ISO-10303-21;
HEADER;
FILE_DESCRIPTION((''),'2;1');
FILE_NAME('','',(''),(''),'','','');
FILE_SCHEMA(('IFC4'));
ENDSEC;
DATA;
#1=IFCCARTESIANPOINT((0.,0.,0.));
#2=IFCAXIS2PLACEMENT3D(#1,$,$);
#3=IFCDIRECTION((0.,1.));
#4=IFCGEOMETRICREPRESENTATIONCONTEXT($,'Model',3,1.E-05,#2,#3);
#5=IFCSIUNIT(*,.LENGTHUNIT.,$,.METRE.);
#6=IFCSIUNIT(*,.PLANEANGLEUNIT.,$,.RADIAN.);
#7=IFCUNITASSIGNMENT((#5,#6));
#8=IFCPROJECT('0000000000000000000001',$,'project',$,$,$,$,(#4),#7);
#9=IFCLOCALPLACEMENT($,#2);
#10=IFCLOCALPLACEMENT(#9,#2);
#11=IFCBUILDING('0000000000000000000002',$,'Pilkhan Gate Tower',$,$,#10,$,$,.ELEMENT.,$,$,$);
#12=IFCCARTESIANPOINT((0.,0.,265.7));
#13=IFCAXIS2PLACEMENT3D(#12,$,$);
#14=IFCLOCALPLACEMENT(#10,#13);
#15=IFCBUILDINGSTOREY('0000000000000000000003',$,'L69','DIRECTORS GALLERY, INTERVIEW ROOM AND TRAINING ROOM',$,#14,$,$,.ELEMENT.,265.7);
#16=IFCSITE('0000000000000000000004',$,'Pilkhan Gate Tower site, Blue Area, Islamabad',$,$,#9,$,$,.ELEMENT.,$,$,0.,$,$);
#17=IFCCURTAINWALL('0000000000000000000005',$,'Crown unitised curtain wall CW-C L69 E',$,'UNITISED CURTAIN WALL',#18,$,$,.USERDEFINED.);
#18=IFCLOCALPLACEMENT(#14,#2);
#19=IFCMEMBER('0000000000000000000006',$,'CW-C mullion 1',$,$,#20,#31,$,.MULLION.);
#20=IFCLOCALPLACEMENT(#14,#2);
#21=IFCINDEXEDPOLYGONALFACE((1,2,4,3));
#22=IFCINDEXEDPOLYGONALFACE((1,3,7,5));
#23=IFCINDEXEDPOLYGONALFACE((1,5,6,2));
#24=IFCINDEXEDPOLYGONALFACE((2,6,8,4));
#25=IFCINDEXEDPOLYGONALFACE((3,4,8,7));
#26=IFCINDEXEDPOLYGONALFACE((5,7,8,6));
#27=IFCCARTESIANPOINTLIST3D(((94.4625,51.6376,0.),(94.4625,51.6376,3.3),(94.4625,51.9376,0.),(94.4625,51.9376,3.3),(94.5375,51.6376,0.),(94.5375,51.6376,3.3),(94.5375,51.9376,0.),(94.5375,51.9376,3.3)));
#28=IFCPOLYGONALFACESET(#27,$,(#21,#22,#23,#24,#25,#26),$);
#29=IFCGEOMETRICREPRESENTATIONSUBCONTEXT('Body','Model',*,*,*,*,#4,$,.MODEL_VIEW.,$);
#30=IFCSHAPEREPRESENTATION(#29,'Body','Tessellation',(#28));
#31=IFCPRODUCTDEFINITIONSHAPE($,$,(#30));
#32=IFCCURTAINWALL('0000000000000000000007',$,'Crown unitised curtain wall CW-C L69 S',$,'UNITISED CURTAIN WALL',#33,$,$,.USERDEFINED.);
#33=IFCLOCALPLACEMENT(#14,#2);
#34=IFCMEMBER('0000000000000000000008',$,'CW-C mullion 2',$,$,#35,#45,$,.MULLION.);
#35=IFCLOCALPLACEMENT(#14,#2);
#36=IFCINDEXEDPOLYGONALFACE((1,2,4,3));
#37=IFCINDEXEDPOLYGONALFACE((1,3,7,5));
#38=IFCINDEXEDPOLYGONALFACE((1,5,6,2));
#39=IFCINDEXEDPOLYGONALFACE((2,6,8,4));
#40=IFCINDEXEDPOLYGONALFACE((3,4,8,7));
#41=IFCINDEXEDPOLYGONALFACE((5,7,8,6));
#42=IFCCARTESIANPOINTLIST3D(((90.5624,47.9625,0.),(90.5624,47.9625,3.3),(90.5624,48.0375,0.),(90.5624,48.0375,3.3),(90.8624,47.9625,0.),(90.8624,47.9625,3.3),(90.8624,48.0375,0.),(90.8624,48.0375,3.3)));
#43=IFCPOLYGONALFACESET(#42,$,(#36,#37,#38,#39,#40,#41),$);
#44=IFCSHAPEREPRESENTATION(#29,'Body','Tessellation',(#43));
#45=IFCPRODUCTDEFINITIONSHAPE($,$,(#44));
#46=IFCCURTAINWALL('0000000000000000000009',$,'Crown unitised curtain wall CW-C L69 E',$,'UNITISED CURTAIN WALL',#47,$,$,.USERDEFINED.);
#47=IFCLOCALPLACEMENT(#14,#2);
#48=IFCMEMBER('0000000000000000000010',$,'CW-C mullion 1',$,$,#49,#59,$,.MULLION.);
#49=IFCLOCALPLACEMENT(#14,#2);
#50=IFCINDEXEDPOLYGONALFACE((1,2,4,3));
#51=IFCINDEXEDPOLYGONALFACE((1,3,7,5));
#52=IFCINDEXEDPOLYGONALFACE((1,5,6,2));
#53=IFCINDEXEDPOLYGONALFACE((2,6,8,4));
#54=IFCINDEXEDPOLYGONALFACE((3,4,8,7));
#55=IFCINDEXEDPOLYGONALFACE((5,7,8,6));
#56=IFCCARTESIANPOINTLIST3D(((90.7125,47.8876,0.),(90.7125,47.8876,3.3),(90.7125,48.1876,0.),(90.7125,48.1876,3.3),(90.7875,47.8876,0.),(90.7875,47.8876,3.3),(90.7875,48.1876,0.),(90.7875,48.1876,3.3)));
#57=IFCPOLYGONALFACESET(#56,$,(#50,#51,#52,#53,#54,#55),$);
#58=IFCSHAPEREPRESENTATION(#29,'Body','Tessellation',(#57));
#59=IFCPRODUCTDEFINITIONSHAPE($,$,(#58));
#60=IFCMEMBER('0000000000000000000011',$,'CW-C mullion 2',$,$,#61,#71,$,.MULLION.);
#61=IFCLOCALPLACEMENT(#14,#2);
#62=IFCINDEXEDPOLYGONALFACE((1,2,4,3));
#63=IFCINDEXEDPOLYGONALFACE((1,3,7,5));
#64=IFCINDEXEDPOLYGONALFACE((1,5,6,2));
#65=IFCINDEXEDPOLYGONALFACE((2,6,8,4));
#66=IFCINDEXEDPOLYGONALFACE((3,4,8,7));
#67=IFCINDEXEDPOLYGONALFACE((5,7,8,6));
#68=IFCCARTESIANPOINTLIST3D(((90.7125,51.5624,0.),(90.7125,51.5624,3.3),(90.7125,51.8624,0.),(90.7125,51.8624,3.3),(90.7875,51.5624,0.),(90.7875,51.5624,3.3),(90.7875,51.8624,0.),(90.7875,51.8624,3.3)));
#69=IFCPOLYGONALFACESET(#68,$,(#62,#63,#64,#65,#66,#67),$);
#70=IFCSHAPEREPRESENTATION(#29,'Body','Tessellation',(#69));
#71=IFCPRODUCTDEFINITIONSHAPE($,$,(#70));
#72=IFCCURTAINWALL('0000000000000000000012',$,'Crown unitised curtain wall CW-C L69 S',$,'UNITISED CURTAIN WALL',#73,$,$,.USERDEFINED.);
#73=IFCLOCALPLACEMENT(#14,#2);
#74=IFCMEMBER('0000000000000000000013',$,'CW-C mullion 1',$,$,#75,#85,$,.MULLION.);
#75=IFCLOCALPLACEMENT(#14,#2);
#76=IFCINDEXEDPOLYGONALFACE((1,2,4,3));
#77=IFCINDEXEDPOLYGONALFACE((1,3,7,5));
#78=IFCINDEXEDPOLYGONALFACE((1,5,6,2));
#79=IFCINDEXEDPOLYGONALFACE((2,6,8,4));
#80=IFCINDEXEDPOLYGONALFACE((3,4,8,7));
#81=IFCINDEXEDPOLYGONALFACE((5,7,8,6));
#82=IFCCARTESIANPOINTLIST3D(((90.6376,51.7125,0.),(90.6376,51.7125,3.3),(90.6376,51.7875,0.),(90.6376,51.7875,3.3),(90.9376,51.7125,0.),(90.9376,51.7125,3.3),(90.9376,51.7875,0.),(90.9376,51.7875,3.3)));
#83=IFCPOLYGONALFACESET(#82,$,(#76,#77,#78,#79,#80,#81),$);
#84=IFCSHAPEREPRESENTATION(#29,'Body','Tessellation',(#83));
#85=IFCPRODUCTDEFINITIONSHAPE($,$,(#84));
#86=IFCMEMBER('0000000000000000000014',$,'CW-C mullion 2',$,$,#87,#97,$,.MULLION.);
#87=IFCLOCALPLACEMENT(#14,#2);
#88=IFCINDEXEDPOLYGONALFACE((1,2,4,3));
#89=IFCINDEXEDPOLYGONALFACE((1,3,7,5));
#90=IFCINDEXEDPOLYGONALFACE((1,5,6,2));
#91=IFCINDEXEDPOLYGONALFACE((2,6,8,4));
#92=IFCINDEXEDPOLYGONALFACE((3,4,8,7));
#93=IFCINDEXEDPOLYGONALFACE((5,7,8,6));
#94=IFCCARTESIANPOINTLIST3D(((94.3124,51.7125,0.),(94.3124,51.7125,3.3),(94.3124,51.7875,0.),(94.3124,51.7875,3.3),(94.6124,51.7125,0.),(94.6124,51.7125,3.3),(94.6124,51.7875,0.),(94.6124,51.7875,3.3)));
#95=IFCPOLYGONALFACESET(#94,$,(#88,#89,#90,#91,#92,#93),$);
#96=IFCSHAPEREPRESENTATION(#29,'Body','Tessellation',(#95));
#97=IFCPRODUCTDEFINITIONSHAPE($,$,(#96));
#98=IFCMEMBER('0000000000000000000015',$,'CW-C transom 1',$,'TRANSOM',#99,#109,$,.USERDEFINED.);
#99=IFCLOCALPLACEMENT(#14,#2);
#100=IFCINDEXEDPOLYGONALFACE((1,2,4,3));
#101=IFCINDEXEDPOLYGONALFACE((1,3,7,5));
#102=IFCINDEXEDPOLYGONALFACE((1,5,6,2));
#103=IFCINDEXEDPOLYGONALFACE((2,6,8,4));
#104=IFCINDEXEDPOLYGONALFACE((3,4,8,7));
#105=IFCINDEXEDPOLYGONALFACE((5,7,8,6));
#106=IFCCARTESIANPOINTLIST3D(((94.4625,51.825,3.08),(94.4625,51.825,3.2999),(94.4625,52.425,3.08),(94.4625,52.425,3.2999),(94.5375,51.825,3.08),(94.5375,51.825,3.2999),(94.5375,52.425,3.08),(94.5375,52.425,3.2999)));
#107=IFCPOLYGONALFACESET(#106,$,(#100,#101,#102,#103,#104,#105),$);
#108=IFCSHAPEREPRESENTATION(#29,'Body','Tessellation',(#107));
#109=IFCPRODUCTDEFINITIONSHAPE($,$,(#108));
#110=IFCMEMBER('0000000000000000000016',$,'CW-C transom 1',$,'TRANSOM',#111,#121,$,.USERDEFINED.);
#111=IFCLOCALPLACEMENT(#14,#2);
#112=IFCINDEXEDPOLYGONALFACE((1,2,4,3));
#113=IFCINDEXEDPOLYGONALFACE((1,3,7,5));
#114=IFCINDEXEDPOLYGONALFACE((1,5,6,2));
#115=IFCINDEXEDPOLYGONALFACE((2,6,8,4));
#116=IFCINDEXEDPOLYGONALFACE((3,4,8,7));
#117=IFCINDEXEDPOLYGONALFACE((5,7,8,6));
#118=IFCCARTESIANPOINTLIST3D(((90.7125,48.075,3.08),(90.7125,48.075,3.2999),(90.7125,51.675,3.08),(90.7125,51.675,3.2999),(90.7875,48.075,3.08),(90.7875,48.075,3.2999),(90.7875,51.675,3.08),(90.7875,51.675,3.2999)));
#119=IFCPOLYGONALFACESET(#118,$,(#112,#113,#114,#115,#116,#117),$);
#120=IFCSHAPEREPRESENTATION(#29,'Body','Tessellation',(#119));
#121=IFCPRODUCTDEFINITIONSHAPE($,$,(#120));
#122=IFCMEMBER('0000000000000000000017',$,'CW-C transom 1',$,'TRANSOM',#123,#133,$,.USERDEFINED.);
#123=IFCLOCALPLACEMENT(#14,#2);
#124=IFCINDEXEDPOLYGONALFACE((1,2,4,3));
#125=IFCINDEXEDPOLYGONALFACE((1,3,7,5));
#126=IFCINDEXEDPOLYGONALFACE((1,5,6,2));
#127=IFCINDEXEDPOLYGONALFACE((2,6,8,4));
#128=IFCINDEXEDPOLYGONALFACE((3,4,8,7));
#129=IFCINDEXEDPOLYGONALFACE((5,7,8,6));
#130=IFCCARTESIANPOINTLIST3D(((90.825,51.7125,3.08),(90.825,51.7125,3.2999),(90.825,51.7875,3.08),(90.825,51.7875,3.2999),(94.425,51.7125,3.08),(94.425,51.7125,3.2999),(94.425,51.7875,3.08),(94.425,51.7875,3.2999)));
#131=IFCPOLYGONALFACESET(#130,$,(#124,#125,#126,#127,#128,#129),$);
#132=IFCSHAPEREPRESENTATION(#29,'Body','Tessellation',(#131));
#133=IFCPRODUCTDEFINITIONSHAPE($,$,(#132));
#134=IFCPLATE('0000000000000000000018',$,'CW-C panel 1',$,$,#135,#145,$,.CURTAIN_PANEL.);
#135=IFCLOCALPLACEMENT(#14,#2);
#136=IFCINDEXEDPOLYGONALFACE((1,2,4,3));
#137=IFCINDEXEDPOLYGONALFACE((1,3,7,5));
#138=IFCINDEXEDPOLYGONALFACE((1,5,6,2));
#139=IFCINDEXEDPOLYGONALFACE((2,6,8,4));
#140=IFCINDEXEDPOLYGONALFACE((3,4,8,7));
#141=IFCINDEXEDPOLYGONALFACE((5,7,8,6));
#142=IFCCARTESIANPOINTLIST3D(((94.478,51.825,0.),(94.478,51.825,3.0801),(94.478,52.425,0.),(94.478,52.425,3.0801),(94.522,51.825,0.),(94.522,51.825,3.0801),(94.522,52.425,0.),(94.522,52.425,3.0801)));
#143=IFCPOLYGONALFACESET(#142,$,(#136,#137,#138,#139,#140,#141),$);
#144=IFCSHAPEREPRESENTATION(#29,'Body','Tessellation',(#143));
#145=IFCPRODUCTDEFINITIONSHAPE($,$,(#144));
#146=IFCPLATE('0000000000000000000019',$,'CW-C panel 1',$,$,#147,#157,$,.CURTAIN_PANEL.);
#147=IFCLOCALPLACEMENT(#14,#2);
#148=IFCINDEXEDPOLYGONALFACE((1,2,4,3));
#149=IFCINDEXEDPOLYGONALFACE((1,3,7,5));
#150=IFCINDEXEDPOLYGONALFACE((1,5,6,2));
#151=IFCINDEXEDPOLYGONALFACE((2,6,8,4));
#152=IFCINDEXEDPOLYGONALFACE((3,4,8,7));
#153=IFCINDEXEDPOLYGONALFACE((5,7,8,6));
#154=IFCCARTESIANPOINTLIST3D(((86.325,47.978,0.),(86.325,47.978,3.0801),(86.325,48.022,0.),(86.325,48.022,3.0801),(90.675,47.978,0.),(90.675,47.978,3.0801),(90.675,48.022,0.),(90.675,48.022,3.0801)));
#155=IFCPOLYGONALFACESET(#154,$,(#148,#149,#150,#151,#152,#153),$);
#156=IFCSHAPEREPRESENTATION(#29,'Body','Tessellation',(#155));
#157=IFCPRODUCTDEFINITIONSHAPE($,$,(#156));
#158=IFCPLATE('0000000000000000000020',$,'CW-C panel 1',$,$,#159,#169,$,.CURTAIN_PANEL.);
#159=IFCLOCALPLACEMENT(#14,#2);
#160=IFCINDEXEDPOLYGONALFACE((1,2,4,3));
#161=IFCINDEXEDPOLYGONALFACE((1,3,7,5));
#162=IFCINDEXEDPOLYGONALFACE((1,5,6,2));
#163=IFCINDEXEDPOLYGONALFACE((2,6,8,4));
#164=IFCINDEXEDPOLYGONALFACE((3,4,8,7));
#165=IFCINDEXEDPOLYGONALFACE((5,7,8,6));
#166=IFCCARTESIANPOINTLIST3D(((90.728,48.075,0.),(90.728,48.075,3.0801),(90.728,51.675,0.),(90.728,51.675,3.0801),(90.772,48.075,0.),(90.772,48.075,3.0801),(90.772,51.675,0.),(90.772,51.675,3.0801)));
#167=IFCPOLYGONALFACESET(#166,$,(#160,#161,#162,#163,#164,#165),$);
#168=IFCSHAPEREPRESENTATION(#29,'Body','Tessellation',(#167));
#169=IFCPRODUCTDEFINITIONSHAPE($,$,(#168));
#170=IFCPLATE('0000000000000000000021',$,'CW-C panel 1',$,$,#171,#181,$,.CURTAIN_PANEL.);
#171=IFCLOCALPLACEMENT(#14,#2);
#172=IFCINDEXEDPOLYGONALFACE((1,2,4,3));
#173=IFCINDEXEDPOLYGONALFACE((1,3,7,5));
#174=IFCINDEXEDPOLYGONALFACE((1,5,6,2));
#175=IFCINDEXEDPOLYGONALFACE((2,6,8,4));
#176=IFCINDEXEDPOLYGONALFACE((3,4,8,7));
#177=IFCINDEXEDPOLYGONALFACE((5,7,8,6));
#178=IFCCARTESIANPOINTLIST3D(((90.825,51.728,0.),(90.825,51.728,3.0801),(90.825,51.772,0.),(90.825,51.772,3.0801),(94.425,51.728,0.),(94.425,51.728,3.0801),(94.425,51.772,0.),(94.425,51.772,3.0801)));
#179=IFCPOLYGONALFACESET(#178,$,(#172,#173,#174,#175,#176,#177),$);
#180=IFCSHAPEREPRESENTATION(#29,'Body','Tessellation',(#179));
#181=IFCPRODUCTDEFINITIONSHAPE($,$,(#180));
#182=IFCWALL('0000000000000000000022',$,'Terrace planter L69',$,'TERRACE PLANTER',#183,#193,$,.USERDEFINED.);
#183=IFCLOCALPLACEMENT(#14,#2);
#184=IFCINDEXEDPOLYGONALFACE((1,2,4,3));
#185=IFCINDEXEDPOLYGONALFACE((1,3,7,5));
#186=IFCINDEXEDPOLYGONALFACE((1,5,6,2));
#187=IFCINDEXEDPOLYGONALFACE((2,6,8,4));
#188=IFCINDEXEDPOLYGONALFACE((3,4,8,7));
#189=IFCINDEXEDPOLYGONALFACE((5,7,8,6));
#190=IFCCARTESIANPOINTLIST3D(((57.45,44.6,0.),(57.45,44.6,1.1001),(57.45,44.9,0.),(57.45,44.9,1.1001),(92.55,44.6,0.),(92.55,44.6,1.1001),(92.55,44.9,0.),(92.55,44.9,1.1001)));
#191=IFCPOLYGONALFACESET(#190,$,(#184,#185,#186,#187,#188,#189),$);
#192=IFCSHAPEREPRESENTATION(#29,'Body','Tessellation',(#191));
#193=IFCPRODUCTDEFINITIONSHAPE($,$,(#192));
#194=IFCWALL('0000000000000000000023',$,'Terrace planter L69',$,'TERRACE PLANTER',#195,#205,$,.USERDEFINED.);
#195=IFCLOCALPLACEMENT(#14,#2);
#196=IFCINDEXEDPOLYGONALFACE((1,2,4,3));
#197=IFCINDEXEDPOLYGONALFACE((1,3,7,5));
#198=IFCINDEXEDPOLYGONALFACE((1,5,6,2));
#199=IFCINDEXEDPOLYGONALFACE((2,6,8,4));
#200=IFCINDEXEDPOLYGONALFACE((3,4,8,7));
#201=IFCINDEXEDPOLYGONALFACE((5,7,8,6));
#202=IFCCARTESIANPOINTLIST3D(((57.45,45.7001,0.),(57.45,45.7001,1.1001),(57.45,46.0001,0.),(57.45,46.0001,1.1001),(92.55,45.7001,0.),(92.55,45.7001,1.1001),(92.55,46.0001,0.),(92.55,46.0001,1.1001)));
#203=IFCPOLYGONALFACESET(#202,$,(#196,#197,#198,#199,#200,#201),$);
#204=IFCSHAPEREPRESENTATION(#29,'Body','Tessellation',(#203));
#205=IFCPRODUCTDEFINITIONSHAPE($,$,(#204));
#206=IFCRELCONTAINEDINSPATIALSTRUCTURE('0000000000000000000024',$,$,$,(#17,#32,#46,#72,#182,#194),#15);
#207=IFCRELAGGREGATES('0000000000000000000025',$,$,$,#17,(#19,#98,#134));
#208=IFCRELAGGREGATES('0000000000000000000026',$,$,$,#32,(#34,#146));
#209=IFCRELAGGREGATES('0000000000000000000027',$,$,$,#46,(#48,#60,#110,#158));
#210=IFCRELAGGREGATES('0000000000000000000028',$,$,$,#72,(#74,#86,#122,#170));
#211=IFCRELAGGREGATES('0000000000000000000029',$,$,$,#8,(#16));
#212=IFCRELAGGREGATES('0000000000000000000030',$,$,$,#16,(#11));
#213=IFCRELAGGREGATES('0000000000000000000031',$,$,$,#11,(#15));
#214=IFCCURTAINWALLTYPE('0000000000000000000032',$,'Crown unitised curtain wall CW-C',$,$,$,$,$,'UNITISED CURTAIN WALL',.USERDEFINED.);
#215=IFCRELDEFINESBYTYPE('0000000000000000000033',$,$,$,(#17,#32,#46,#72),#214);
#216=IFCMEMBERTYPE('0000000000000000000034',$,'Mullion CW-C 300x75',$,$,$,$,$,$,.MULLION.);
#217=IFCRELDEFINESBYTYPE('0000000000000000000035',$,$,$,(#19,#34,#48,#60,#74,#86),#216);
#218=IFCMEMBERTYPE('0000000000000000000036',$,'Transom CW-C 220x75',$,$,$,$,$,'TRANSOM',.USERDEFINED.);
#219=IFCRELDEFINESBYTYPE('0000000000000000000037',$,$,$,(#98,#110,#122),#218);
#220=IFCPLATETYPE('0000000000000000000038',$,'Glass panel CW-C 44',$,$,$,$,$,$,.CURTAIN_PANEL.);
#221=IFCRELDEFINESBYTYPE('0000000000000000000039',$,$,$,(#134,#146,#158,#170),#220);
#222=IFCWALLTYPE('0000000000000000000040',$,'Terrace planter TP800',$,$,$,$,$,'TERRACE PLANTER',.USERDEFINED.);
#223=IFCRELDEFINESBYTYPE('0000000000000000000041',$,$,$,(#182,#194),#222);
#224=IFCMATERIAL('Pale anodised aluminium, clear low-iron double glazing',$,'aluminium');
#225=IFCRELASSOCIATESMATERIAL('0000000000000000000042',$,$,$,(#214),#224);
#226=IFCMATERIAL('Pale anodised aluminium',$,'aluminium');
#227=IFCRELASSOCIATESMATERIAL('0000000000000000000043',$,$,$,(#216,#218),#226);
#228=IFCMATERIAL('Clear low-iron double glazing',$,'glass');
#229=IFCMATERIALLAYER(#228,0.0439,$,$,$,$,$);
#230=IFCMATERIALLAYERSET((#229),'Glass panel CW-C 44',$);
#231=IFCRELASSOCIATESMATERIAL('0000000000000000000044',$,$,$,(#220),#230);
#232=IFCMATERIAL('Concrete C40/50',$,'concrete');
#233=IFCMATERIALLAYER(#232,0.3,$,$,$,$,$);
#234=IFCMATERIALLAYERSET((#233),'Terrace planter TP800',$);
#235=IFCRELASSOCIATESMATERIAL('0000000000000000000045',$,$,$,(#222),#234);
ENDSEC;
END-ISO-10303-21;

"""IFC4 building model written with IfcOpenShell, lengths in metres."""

from ifc_helpers import new_model, si_unit, direction, frame, frame_2d, origin, origin_2d, place, context, subcontext, project, spatial, rectangle, extrude, material, layer, layer_set, material_profile, profile_set, type_object, element, aggregate, save


model = new_model("IFC4")

# Units and contexts
model_context = context("Model", 3, precision=1e-05, world=origin(), true_north=direction((0.0, 1.0)))
body_context = subcontext(model_context, "Body", "Model", "MODEL_VIEW")
ifc_project = project(units=[si_unit("LENGTHUNIT", "METRE"), si_unit("PLANEANGLEUNIT", "RADIAN")], contexts=[model_context])

# Site, building, storey
site_placement = place(None, origin())
site = spatial("IfcSite", under=ifc_project, at=site_placement, Name="Pilkhan Gate Tower site, Blue Area, Islamabad", CompositionType="ELEMENT", RefElevation=0.0)
building_placement = place(site_placement, origin())
building = spatial("IfcBuilding", under=site, at=building_placement, Name="Pilkhan Gate Tower", CompositionType="ELEMENT")
storey_placement = place(building_placement, frame((0.0, 0.0, 265.7)))
storey = spatial("IfcBuildingStorey", under=building, at=storey_placement, Name="L69", Description="DIRECTORS GALLERY, INTERVIEW ROOM AND TRAINING ROOM", CompositionType="ELEMENT", Elevation=265.7)

# Curtain walls, members
ifc_material_1 = material(Name="Pale anodised aluminium, clear low-iron double glazing", Category="aluminium")
curtain_wall_type = type_object("IfcCurtainWallType", Name="Crown unitised curtain wall CW-C", ElementType="UNITISED CURTAIN WALL", PredefinedType="USERDEFINED", material=ifc_material_1)
curtain_wall_1_placement = place(storey_placement, origin())
curtain_wall_1 = element("IfcCurtainWall", 1, at=curtain_wall_1_placement, inside=storey, type_object=curtain_wall_type, Name="Crown unitised curtain wall CW-C L69 E", ObjectType="UNITISED CURTAIN WALL", PredefinedType="USERDEFINED")
ifc_material_2 = material(Name="Pale anodised aluminium", Category="aluminium")
ifc_material_profile_1 = material_profile(ifc_material_2, rectangle(XDim=0.075, YDim=0.3, at=origin_2d()), Name="Mullion 300x75")
ifc_profile_set_1 = profile_set([ifc_material_profile_1], Name="Pale anodised aluminium")
member_type_1 = type_object("IfcMemberType", Name="Mullion CW-C 300x75", PredefinedType="MULLION", material=ifc_profile_set_1)
member_1_placement = place(storey_placement, frame((94.5, 51.7876, 0.0), z_axis=(0.0, 0.0, 1.0), x_axis=(-1.0, 0.0, 0.0)))
member_1 = element("IfcMember", 2, at=member_1_placement, type_object=member_type_1, Name="CW-C mullion 1", PredefinedType="MULLION", context=body_context, shape_type="SweptSolid", body=[
    extrude(rectangle(XDim=0.075, YDim=0.3, at=origin_2d()), origin(), (0.0, 0.0, 1.0), 3.3),
])
curtain_wall_2_placement = place(storey_placement, origin())
curtain_wall_2 = element("IfcCurtainWall", 3, at=curtain_wall_2_placement, inside=storey, type_object=curtain_wall_type, Name="Crown unitised curtain wall CW-C L69 S", ObjectType="UNITISED CURTAIN WALL", PredefinedType="USERDEFINED")
member_2_placement = place(storey_placement, frame((90.7124, 48.0, 0.0), z_axis=(0.0, 0.0, 1.0), x_axis=(0.0, 1.0, 0.0)))
member_2 = element("IfcMember", 4, at=member_2_placement, type_object=member_type_1, Name="CW-C mullion 2", PredefinedType="MULLION", context=body_context, shape_type="SweptSolid", body=[
    extrude(rectangle(XDim=0.075, YDim=0.3, at=origin_2d()), origin(), (0.0, 0.0, 1.0), 3.3),
])

# Curtain walls, members
curtain_wall_3_placement = place(storey_placement, origin())
curtain_wall_3 = element("IfcCurtainWall", 5, at=curtain_wall_3_placement, inside=storey, type_object=curtain_wall_type, Name="Crown unitised curtain wall CW-C L69 E", ObjectType="UNITISED CURTAIN WALL", PredefinedType="USERDEFINED")
member_3_placement = place(storey_placement, frame((90.75, 48.0376, 0.0), z_axis=(0.0, 0.0, 1.0), x_axis=(-1.0, 0.0, 0.0)))
member_3 = element("IfcMember", 6, at=member_3_placement, type_object=member_type_1, Name="CW-C mullion 1", PredefinedType="MULLION", context=body_context, shape_type="SweptSolid", body=[
    extrude(rectangle(XDim=0.075, YDim=0.3, at=origin_2d()), origin(), (0.0, 0.0, 1.0), 3.3),
])
member_4_placement = place(storey_placement, frame((90.75, 51.7124, 0.0), z_axis=(0.0, 0.0, 1.0), x_axis=(-1.0, 0.0, 0.0)))
member_4 = element("IfcMember", 7, at=member_4_placement, type_object=member_type_1, Name="CW-C mullion 2", PredefinedType="MULLION", context=body_context, shape_type="SweptSolid", body=[
    extrude(rectangle(XDim=0.075, YDim=0.3, at=origin_2d()), origin(), (0.0, 0.0, 1.0), 3.3),
])
curtain_wall_4_placement = place(storey_placement, origin())
curtain_wall_4 = element("IfcCurtainWall", 8, at=curtain_wall_4_placement, inside=storey, type_object=curtain_wall_type, Name="Crown unitised curtain wall CW-C L69 S", ObjectType="UNITISED CURTAIN WALL", PredefinedType="USERDEFINED")
member_5_placement = place(storey_placement, frame((90.7876, 51.75, 0.0), z_axis=(0.0, 0.0, 1.0), x_axis=(0.0, 1.0, 0.0)))
member_5 = element("IfcMember", 9, at=member_5_placement, type_object=member_type_1, Name="CW-C mullion 1", PredefinedType="MULLION", context=body_context, shape_type="SweptSolid", body=[
    extrude(rectangle(XDim=0.075, YDim=0.3, at=origin_2d()), origin(), (0.0, 0.0, 1.0), 3.3),
])
member_6_placement = place(storey_placement, frame((94.4624, 51.75, 0.0), z_axis=(0.0, 0.0, 1.0), x_axis=(0.0, 1.0, 0.0)))
member_6 = element("IfcMember", 10, at=member_6_placement, type_object=member_type_1, Name="CW-C mullion 2", PredefinedType="MULLION", context=body_context, shape_type="SweptSolid", body=[
    extrude(rectangle(XDim=0.075, YDim=0.3, at=origin_2d()), origin(), (0.0, 0.0, 1.0), 3.3),
])

# Members
ifc_material_profile_2 = material_profile(ifc_material_2, rectangle(XDim=0.075, YDim=0.22, at=origin_2d()), Name="Transom 220x75")
ifc_profile_set_2 = profile_set([ifc_material_profile_2], Name="Pale anodised aluminium")
member_type_2 = type_object("IfcMemberType", Name="Transom CW-C 220x75", ElementType="TRANSOM", PredefinedType="USERDEFINED", material=ifc_profile_set_2)
member_7_placement = place(storey_placement, frame((94.5, 51.825, 3.1899), z_axis=(0.0, 1.0, 0.0), x_axis=(-1.0, 0.0, 0.0)))
member_7 = element("IfcMember", 11, at=member_7_placement, type_object=member_type_2, Name="CW-C transom 1", ObjectType="TRANSOM", PredefinedType="USERDEFINED", context=body_context, shape_type="SweptSolid", body=[
    extrude(rectangle(XDim=0.075, YDim=0.22, at=origin_2d()), origin(), (0.0, 0.0, 1.0), 0.6001),
])
member_8_placement = place(storey_placement, frame((90.75, 48.075, 3.1899), z_axis=(0.0, 1.0, 0.0), x_axis=(-1.0, 0.0, 0.0)))
member_8 = element("IfcMember", 12, at=member_8_placement, type_object=member_type_2, Name="CW-C transom 1", ObjectType="TRANSOM", PredefinedType="USERDEFINED", context=body_context, shape_type="SweptSolid", body=[
    extrude(rectangle(XDim=0.075, YDim=0.22, at=origin_2d()), origin(), (0.0, 0.0, 1.0), 3.6001),
])
member_9_placement = place(storey_placement, frame((90.825, 51.75, 3.1899), z_axis=(1.0, 0.0, 0.0), x_axis=(0.0, 1.0, 0.0)))
member_9 = element("IfcMember", 13, at=member_9_placement, type_object=member_type_2, Name="CW-C transom 1", ObjectType="TRANSOM", PredefinedType="USERDEFINED", context=body_context, shape_type="SweptSolid", body=[
    extrude(rectangle(XDim=0.075, YDim=0.22, at=origin_2d()), origin(), (0.0, 0.0, 1.0), 3.6001),
])

# Plates
ifc_material_3 = material(Name="Clear low-iron double glazing", Category="glass")
ifc_layer_1 = layer(ifc_material_3, 0.0439)
ifc_layer_set_1 = layer_set([ifc_layer_1], Name="Glass panel CW-C 44")
plate_type = type_object("IfcPlateType", Name="Glass panel CW-C 44", PredefinedType="CURTAIN_PANEL", material=ifc_layer_set_1)
plate_1_placement = place(storey_placement, frame((94.5, 52.125, 0.0), z_axis=(0.0, 0.0, 1.0), x_axis=(0.0, 1.0, 0.0)))
plate_1 = element("IfcPlate", 14, at=plate_1_placement, type_object=plate_type, Name="CW-C panel 1", PredefinedType="CURTAIN_PANEL", context=body_context, shape_type="SweptSolid", body=[
    extrude(rectangle(XDim=0.6001, YDim=0.0439, at=origin_2d()), origin(), (0.0, 0.0, 1.0), 3.0801),
])
aggregate(curtain_wall_1, [member_1, member_7, plate_1])
plate_2_placement = place(storey_placement, frame((88.5, 48.0, 0.0), z_axis=(0.0, 0.0, 1.0), x_axis=(1.0, 0.0, 0.0)))
plate_2 = element("IfcPlate", 15, at=plate_2_placement, type_object=plate_type, Name="CW-C panel 1", PredefinedType="CURTAIN_PANEL", context=body_context, shape_type="SweptSolid", body=[
    extrude(rectangle(XDim=4.3501, YDim=0.0439, at=origin_2d()), origin(), (0.0, 0.0, 1.0), 3.0801),
])
aggregate(curtain_wall_2, [member_2, plate_2])
plate_3_placement = place(storey_placement, frame((90.75, 49.875, 0.0), z_axis=(0.0, 0.0, 1.0), x_axis=(0.0, 1.0, 0.0)))
plate_3 = element("IfcPlate", 16, at=plate_3_placement, type_object=plate_type, Name="CW-C panel 1", PredefinedType="CURTAIN_PANEL", context=body_context, shape_type="SweptSolid", body=[
    extrude(rectangle(XDim=3.6001, YDim=0.0439, at=origin_2d()), origin(), (0.0, 0.0, 1.0), 3.0801),
])
aggregate(curtain_wall_3, [member_3, member_4, member_8, plate_3])
plate_4_placement = place(storey_placement, frame((92.625, 51.75, 0.0), z_axis=(0.0, 0.0, 1.0), x_axis=(1.0, 0.0, 0.0)))
plate_4 = element("IfcPlate", 17, at=plate_4_placement, type_object=plate_type, Name="CW-C panel 1", PredefinedType="CURTAIN_PANEL", context=body_context, shape_type="SweptSolid", body=[
    extrude(rectangle(XDim=3.6001, YDim=0.0439, at=origin_2d()), origin(), (0.0, 0.0, 1.0), 3.0801),
])
aggregate(curtain_wall_4, [member_5, member_6, member_9, plate_4])

# Walls
ifc_material_4 = material(Name="Concrete C40/50", Category="concrete")
ifc_layer_2 = layer(ifc_material_4, 0.3)
ifc_layer_set_2 = layer_set([ifc_layer_2], Name="Terrace planter TP800")
wall_type = type_object("IfcWallType", Name="Terrace planter TP800", ElementType="TERRACE PLANTER", PredefinedType="USERDEFINED", material=ifc_layer_set_2)
for number, where, z_axis, x_axis, name in (
    (18, (92.55, 44.75, 0.0), (0.0, 0.0, 1.0), (-1.0, 0.0, 0.0), "Terrace planter L69"),
    (19, (92.55, 45.8501, 0.0), (0.0, 0.0, 1.0), (-1.0, 0.0, 0.0), "Terrace planter L69"),
):
    element("IfcWall", number, at=place(storey_placement, frame(where, z_axis=z_axis, x_axis=x_axis)), inside=storey, type_object=wall_type, Name=name, ObjectType="TERRACE PLANTER", PredefinedType="USERDEFINED", context=body_context, shape_type="SweptSolid", body=[
        extrude(rectangle(XDim=35.1001, YDim=0.3, at=frame_2d((17.55, 0.0))), origin(), (0.0, 0.0, 1.0), 1.1001),
    ])

save(model, "model.ifc")
